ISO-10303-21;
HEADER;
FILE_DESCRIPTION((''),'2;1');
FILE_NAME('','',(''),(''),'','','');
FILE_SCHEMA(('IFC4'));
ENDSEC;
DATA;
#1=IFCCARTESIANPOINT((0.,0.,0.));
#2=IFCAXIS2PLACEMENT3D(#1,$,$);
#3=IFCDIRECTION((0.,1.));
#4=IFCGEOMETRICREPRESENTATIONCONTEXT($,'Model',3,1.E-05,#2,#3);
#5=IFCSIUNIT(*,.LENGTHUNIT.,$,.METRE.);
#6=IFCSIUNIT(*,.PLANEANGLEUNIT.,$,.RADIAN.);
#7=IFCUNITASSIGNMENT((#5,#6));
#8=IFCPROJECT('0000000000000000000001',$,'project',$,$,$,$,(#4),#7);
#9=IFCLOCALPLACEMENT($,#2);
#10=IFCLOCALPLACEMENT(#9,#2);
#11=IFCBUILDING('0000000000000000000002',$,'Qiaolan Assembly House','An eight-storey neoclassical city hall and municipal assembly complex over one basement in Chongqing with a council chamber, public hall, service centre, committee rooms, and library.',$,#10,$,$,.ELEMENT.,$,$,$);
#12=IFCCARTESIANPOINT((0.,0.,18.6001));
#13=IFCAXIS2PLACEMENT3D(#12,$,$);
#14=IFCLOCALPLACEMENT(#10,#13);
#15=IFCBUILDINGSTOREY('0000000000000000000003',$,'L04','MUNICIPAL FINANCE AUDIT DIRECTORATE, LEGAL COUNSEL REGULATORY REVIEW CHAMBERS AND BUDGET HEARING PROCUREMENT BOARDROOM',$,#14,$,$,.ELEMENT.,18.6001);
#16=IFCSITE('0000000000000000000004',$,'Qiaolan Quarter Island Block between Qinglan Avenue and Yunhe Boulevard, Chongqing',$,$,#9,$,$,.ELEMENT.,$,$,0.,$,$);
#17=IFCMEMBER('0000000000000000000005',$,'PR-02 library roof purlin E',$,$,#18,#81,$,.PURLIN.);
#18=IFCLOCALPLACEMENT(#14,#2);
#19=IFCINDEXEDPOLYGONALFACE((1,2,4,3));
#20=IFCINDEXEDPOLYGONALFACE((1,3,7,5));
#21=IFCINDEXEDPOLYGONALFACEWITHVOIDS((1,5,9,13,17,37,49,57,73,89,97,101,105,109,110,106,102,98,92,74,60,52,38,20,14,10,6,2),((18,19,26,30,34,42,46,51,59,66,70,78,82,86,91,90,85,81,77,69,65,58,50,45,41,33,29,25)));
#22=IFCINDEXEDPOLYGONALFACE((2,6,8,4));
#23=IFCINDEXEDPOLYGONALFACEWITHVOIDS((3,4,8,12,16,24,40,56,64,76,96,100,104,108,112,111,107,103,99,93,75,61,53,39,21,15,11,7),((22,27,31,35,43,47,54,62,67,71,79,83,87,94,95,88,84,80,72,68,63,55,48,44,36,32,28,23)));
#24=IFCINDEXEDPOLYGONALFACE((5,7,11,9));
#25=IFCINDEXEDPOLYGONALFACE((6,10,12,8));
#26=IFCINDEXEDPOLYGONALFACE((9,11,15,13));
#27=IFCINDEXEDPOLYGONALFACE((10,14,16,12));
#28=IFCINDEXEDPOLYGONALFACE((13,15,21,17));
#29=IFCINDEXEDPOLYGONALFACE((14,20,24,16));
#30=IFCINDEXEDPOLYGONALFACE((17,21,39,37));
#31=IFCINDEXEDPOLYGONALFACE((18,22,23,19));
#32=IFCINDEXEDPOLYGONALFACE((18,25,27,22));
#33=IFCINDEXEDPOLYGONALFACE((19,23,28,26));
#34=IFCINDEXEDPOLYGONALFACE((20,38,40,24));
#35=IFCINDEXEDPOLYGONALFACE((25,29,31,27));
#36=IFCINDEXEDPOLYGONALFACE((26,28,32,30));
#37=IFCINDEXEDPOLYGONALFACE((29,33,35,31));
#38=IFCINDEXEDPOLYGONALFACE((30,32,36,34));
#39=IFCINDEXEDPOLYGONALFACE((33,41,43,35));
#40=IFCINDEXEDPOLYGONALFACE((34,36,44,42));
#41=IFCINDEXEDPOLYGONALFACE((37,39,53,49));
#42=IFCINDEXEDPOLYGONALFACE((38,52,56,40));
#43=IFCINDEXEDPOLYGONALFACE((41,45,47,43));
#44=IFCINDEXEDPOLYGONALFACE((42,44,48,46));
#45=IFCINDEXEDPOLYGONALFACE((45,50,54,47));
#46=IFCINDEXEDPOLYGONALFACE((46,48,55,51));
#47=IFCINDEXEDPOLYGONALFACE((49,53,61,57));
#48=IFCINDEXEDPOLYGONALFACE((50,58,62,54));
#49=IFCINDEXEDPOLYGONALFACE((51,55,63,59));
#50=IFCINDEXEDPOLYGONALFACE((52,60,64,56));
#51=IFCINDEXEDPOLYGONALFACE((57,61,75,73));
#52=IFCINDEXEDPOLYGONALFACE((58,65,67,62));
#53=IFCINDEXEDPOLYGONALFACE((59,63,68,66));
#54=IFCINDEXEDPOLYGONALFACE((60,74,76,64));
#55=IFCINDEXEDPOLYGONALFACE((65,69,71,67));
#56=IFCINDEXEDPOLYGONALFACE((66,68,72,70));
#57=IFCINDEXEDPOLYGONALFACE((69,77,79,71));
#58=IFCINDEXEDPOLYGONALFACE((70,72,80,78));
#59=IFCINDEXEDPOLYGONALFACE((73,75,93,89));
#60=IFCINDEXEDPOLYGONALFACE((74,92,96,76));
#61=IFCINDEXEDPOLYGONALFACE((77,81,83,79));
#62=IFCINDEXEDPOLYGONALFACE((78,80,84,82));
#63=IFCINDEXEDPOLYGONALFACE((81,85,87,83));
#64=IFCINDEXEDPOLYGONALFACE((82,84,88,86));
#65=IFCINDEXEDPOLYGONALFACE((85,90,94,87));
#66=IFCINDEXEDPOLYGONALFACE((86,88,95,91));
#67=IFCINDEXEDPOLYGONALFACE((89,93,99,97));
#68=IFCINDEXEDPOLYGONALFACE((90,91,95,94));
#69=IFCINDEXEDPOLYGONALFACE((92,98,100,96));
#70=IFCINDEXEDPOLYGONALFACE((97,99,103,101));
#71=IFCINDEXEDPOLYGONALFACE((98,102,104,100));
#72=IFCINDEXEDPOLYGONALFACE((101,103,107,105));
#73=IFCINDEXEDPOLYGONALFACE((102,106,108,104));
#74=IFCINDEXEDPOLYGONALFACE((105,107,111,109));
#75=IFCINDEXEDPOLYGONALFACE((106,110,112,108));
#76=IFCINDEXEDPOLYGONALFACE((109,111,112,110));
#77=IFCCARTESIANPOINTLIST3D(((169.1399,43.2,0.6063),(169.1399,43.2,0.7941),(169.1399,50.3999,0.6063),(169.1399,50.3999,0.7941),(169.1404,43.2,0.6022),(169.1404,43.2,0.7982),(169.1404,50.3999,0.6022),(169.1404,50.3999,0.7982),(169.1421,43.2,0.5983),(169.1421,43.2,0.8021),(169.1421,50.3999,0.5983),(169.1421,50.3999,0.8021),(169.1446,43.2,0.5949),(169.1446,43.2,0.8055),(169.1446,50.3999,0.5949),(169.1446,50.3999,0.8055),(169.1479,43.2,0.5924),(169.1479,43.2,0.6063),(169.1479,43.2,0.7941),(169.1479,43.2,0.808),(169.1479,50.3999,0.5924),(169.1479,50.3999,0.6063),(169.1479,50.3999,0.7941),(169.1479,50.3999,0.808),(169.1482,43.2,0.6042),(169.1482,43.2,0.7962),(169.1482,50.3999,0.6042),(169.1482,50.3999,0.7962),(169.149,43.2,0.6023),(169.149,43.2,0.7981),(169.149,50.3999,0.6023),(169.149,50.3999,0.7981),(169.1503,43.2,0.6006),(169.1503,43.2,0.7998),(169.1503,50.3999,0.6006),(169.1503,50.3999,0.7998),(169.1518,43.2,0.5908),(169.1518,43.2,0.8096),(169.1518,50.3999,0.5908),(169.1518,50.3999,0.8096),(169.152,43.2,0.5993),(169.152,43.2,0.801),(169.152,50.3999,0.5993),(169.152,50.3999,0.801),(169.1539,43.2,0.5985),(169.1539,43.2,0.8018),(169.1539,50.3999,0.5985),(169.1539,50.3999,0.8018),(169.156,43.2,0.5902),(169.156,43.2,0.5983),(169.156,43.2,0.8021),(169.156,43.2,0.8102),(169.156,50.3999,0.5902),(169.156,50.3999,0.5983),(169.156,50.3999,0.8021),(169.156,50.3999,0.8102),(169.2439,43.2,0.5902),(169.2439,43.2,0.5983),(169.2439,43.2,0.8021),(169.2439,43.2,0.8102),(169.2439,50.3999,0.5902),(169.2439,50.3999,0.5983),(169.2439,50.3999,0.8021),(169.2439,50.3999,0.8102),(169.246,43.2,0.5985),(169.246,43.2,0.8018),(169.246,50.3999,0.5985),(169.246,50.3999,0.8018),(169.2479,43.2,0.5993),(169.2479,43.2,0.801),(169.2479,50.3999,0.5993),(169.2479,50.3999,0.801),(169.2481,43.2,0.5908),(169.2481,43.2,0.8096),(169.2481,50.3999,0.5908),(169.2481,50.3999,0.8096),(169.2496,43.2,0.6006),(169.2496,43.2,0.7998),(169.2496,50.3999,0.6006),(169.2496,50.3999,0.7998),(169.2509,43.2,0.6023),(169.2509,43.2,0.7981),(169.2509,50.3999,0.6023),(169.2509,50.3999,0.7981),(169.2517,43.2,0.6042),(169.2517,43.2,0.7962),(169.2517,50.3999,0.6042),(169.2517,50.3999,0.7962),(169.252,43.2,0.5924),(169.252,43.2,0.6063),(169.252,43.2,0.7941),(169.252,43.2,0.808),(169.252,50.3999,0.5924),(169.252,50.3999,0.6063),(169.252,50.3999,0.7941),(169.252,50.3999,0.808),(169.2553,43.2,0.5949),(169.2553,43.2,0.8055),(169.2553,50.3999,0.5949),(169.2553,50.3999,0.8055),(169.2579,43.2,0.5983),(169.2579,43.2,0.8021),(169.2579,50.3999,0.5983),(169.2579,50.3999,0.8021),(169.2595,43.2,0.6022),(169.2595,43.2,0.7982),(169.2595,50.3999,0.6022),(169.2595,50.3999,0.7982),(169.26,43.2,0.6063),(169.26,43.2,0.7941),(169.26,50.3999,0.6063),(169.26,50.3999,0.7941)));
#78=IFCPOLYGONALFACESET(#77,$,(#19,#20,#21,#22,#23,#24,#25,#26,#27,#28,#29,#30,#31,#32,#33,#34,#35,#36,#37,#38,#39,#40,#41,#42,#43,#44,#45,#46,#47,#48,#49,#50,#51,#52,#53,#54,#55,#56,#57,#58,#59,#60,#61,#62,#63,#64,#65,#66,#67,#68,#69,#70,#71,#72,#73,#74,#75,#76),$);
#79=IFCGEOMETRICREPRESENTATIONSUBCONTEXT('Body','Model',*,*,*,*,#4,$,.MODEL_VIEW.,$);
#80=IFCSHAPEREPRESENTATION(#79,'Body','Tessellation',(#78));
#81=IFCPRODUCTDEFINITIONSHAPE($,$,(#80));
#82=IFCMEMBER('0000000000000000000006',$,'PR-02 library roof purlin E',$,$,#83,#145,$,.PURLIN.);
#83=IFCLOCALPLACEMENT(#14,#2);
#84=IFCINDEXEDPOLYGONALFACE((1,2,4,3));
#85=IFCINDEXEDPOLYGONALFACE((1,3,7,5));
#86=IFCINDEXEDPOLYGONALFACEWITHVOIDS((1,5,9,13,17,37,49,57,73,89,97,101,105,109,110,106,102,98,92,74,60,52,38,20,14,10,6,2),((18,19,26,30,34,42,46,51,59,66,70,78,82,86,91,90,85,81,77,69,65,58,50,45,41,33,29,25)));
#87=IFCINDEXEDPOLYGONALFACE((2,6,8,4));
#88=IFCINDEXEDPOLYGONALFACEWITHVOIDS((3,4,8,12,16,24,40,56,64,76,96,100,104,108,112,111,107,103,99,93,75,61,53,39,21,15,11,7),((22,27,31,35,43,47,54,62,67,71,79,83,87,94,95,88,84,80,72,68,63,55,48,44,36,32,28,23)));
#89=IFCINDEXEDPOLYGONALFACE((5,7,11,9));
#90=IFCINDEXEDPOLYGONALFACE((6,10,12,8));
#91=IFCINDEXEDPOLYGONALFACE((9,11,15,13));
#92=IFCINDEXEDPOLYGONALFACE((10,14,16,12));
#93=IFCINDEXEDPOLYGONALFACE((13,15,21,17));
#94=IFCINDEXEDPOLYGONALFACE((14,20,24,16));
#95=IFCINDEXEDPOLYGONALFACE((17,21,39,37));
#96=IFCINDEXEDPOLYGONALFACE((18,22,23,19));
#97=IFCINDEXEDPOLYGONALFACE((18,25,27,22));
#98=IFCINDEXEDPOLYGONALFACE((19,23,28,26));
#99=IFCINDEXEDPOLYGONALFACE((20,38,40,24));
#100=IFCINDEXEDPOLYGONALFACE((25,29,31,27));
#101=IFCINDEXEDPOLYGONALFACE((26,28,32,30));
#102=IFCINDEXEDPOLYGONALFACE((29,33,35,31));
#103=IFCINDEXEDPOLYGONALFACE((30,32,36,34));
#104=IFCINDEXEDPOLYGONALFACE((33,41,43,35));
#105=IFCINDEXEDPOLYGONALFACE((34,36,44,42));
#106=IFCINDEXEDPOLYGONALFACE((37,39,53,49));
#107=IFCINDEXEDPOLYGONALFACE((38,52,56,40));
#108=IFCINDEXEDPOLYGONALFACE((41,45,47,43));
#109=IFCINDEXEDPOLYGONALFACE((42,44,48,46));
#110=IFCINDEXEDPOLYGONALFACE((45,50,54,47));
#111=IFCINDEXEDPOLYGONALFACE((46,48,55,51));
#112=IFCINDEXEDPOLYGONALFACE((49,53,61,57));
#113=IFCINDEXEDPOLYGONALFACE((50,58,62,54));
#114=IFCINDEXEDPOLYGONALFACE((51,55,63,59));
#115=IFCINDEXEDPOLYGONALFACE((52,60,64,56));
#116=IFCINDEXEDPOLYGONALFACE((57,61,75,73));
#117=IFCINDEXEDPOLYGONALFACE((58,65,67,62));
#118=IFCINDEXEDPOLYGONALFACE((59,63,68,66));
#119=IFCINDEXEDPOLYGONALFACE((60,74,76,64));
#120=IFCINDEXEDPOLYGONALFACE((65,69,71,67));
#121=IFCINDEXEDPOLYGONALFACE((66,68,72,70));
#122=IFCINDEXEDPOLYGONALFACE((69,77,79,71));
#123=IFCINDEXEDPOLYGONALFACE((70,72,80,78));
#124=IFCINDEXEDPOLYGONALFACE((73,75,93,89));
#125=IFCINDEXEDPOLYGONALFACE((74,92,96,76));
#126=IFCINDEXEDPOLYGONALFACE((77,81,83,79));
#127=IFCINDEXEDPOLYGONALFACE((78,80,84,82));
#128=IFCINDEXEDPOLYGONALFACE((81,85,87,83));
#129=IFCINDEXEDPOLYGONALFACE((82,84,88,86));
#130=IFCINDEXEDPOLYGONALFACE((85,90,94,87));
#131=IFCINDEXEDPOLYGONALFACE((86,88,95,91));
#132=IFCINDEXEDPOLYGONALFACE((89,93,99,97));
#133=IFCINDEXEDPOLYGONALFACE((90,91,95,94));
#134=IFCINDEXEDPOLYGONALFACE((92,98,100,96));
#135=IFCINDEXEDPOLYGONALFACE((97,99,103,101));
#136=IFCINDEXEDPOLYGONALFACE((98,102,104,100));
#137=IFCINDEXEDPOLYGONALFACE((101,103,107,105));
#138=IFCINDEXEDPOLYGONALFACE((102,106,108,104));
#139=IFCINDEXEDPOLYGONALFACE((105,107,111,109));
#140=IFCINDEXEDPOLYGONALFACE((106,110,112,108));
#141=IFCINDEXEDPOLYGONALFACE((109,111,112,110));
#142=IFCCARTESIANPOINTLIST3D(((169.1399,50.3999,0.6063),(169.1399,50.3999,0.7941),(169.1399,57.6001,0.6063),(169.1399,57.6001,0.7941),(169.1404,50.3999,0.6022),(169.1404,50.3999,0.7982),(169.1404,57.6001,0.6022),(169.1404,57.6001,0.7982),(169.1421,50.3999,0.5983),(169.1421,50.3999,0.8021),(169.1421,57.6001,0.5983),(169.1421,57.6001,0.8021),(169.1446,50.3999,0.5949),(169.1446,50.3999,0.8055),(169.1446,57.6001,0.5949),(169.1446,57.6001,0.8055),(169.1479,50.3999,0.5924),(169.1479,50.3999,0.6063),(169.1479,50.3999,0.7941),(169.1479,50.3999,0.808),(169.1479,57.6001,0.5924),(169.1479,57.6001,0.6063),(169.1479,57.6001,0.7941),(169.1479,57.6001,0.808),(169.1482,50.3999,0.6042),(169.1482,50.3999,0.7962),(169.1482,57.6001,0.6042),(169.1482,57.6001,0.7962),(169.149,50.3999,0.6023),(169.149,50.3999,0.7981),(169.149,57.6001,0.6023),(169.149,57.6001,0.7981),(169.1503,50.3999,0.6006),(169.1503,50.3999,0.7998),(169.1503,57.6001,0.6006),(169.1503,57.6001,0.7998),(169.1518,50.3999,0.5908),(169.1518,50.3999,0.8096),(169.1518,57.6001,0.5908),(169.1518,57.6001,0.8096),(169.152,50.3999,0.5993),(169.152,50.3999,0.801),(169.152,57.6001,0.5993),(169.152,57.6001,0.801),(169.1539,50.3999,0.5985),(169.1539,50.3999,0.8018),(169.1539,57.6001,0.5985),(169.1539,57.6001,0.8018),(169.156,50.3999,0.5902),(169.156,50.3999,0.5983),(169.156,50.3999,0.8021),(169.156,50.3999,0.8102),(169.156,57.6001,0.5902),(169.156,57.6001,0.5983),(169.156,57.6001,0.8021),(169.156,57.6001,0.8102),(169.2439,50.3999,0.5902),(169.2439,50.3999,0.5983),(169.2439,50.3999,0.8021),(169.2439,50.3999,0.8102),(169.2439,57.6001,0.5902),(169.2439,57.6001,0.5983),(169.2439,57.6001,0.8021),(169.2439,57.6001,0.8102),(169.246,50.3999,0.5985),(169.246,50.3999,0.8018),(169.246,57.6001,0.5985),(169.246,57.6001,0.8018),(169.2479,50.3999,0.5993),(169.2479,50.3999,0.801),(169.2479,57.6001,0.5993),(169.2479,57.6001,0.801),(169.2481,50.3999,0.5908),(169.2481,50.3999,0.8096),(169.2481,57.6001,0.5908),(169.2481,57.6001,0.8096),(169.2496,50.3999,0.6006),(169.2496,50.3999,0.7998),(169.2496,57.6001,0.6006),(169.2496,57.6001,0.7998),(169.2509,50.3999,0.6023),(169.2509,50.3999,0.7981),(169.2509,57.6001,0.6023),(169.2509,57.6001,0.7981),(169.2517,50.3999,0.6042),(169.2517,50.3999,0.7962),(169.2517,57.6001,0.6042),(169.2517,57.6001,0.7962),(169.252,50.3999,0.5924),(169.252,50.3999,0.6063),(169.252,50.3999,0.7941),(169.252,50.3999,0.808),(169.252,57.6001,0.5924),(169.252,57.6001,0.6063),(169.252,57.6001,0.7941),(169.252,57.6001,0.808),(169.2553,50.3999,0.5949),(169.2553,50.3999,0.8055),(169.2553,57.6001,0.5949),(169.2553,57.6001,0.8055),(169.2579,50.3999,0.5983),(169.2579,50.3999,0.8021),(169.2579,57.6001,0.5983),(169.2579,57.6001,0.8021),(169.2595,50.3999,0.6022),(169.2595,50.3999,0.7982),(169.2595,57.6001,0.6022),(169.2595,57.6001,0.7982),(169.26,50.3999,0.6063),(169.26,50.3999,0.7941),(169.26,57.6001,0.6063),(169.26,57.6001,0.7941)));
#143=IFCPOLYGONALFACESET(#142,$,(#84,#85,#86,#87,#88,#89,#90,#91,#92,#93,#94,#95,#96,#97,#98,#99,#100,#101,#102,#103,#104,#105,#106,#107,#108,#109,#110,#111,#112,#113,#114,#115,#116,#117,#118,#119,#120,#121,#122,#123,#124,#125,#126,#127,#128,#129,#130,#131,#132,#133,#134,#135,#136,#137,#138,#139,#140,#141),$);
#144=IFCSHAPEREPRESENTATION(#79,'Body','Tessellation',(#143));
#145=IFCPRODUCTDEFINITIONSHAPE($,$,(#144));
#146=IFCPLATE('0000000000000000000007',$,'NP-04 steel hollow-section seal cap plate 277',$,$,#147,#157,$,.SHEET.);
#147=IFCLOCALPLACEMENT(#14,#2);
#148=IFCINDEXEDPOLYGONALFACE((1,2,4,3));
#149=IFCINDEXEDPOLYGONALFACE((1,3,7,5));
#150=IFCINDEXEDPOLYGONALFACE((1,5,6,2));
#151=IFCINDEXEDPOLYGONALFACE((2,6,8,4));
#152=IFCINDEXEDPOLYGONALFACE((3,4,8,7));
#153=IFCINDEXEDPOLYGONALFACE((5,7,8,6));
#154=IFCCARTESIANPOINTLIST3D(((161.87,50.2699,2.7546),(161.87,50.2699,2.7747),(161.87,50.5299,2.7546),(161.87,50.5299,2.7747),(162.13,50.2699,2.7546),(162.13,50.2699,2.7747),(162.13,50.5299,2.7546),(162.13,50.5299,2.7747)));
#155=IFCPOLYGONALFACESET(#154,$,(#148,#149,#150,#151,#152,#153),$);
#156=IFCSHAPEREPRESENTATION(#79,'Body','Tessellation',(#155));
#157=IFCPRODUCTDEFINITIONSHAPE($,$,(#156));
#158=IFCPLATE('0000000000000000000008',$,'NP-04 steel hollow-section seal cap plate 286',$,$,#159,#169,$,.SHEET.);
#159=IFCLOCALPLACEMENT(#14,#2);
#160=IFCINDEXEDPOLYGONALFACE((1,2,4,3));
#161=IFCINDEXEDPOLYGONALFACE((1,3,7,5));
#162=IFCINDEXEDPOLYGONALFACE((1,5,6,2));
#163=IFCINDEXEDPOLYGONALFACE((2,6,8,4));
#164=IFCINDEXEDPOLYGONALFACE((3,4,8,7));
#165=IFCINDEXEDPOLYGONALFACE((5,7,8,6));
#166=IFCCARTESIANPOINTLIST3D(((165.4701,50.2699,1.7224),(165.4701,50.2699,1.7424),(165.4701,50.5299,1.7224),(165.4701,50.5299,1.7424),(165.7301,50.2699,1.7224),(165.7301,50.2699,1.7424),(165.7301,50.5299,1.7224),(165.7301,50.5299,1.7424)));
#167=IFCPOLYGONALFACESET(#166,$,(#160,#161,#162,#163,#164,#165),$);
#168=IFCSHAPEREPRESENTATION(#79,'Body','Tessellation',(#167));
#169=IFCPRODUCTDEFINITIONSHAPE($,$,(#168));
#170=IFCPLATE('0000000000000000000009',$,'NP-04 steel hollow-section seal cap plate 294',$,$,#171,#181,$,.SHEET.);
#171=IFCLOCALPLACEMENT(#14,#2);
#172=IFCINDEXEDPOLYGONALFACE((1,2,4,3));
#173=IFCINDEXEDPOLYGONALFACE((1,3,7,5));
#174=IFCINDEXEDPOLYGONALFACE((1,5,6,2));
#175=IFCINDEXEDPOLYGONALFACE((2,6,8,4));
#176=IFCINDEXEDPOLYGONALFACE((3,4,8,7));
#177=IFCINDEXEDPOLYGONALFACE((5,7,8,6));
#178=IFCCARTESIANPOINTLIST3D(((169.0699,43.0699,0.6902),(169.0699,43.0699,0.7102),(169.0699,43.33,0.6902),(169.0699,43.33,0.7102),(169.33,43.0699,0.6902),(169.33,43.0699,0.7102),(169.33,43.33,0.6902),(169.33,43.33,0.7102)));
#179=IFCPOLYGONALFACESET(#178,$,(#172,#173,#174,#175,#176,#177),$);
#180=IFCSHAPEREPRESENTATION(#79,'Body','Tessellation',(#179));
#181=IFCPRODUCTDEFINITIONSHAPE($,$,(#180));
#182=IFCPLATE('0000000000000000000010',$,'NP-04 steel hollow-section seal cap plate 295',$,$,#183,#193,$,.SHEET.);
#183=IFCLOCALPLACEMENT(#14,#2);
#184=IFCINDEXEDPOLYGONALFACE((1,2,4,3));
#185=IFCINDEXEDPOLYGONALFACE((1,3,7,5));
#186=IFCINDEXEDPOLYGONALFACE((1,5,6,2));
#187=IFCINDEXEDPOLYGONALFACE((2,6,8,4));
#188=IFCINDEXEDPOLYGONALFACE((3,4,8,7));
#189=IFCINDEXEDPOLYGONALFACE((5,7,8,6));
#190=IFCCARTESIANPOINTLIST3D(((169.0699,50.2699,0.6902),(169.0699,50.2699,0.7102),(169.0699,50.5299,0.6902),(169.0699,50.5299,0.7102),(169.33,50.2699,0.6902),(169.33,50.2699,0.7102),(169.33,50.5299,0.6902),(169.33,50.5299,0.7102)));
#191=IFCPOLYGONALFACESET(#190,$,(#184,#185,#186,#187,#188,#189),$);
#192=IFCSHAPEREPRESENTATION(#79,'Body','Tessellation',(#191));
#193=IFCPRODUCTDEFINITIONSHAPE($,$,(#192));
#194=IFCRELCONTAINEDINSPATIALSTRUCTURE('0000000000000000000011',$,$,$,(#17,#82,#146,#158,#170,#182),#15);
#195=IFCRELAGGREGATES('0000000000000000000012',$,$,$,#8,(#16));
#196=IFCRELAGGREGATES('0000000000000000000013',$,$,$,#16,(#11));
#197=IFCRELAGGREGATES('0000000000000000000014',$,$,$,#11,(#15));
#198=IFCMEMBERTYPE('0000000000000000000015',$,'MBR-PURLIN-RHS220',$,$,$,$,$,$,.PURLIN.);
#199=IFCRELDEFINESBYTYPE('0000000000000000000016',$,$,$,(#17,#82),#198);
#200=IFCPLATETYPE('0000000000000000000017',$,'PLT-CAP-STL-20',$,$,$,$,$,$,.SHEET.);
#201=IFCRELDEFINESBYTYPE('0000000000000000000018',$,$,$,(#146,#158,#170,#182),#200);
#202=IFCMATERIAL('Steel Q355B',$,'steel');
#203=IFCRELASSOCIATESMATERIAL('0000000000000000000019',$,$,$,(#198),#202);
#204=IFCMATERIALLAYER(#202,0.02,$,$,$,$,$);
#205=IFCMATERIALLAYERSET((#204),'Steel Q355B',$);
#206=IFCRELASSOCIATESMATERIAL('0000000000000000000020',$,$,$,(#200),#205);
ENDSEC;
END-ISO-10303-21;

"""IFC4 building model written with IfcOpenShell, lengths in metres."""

from ifc_helpers import new_model, si_unit, direction, frame, origin, origin_2d, place, context, subcontext, project, spatial, rectangle, hollow_rectangle, extrude, material, layer, layer_set, material_profile, profile_set, type_object, element, save


model = new_model("IFC4")

# Units and contexts
model_context = context("Model", 3, precision=1e-05, world=origin(), true_north=direction((0.0, 1.0)))
body_context = subcontext(model_context, "Body", "Model", "MODEL_VIEW")
ifc_project = project(units=[si_unit("LENGTHUNIT", "METRE"), si_unit("PLANEANGLEUNIT", "RADIAN")], contexts=[model_context])

# Site, building, storey
site_placement = place(None, origin())
site = spatial("IfcSite", under=ifc_project, at=site_placement, Name="Qiaolan Quarter Island Block between Qinglan Avenue and Yunhe Boulevard, Chongqing", CompositionType="ELEMENT", RefElevation=0.0)
building_placement = place(site_placement, origin())
building = spatial("IfcBuilding", under=site, at=building_placement, Name="Qiaolan Assembly House", Description="An eight-storey neoclassical city hall and municipal assembly complex over one basement in Chongqing with a council chamber, public hall, service centre, committee rooms, and library.", CompositionType="ELEMENT")
storey_placement = place(building_placement, frame((0.0, 0.0, 18.6001)))
storey = spatial("IfcBuildingStorey", under=building, at=storey_placement, Name="L04", Description="MUNICIPAL FINANCE AUDIT DIRECTORATE, LEGAL COUNSEL REGULATORY REVIEW CHAMBERS AND BUDGET HEARING PROCUREMENT BOARDROOM", CompositionType="ELEMENT", Elevation=18.6001)

# Shared definitions
ifc_material = material(Name="Steel Q355B", Category="steel")

# Members
ifc_material_profile_1 = material_profile(ifc_material, hollow_rectangle(XDim=0.1201, YDim=0.22, WallThickness=0.0081, InnerFilletRadius=0.0081, OuterFilletRadius=0.0161, at=origin_2d()), Name="RHS 220x120x8")
ifc_profile_set_1 = profile_set([ifc_material_profile_1], Name="Steel Q355B")
member_type_1 = type_object("IfcMemberType", Name="MBR-PURLIN-RHS220", PredefinedType="PURLIN", material=ifc_profile_set_1)
member_1_placement = place(storey_placement, frame((169.2, 43.2, 0.7002), z_axis=(0.0, 1.0, 0.0), x_axis=(-1.0, 0.0, 0.0)))
element("IfcMember", 1, at=member_1_placement, inside=storey, type_object=member_type_1, Name="PR-02 library roof purlin E", PredefinedType="PURLIN", context=body_context, shape_type="SweptSolid", body=[
    extrude(hollow_rectangle(XDim=0.1201, YDim=0.22, WallThickness=0.0081, InnerFilletRadius=0.0081, OuterFilletRadius=0.0161, at=origin_2d()), origin(), (0.0, 0.0, 1.0), 7.2),
])
member_2_placement = place(storey_placement, frame((169.2, 50.3999, 0.7002), z_axis=(0.0, 1.0, 0.0), x_axis=(-1.0, 0.0, 0.0)))
element("IfcMember", 2, at=member_2_placement, inside=storey, type_object=member_type_1, Name="PR-02 library roof purlin E", PredefinedType="PURLIN", context=body_context, shape_type="SweptSolid", body=[
    extrude(hollow_rectangle(XDim=0.1201, YDim=0.22, WallThickness=0.0081, InnerFilletRadius=0.0081, OuterFilletRadius=0.0161, at=origin_2d()), origin(), (0.0, 0.0, 1.0), 7.2002),
])

# Plates
ifc_layer = layer(ifc_material, 0.02)
ifc_layer_set = layer_set([ifc_layer], Name="Steel Q355B")
plate_type = type_object("IfcPlateType", Name="PLT-CAP-STL-20", PredefinedType="SHEET", material=ifc_layer_set)
for number, where, z_axis, x_axis, name in (
    (3, (162.0, 50.3999, 2.7546), (0.0, 0.0, 1.0), (1.0, 0.0, 0.0), "NP-04 steel hollow-section seal cap plate 277"),
    (4, (165.6001, 50.3999, 1.7224), (0.0, 0.0, 1.0), (1.0, 0.0, 0.0), "NP-04 steel hollow-section seal cap plate 286"),
    (5, (169.2, 43.2, 0.6902), (0.0, 0.0, 1.0), (1.0, 0.0, 0.0), "NP-04 steel hollow-section seal cap plate 294"),
    (6, (169.2, 50.3999, 0.6902), (0.0, 0.0, 1.0), (1.0, 0.0, 0.0), "NP-04 steel hollow-section seal cap plate 295"),
):
    element("IfcPlate", number, at=place(storey_placement, frame(where, z_axis=z_axis, x_axis=x_axis)), inside=storey, type_object=plate_type, Name=name, PredefinedType="SHEET", context=body_context, shape_type="SweptSolid", body=[
        extrude(rectangle(XDim=0.26, YDim=0.26, at=origin_2d()), origin(), (0.0, 0.0, 1.0), 0.02),
    ])

save(model, "model.ifc")
